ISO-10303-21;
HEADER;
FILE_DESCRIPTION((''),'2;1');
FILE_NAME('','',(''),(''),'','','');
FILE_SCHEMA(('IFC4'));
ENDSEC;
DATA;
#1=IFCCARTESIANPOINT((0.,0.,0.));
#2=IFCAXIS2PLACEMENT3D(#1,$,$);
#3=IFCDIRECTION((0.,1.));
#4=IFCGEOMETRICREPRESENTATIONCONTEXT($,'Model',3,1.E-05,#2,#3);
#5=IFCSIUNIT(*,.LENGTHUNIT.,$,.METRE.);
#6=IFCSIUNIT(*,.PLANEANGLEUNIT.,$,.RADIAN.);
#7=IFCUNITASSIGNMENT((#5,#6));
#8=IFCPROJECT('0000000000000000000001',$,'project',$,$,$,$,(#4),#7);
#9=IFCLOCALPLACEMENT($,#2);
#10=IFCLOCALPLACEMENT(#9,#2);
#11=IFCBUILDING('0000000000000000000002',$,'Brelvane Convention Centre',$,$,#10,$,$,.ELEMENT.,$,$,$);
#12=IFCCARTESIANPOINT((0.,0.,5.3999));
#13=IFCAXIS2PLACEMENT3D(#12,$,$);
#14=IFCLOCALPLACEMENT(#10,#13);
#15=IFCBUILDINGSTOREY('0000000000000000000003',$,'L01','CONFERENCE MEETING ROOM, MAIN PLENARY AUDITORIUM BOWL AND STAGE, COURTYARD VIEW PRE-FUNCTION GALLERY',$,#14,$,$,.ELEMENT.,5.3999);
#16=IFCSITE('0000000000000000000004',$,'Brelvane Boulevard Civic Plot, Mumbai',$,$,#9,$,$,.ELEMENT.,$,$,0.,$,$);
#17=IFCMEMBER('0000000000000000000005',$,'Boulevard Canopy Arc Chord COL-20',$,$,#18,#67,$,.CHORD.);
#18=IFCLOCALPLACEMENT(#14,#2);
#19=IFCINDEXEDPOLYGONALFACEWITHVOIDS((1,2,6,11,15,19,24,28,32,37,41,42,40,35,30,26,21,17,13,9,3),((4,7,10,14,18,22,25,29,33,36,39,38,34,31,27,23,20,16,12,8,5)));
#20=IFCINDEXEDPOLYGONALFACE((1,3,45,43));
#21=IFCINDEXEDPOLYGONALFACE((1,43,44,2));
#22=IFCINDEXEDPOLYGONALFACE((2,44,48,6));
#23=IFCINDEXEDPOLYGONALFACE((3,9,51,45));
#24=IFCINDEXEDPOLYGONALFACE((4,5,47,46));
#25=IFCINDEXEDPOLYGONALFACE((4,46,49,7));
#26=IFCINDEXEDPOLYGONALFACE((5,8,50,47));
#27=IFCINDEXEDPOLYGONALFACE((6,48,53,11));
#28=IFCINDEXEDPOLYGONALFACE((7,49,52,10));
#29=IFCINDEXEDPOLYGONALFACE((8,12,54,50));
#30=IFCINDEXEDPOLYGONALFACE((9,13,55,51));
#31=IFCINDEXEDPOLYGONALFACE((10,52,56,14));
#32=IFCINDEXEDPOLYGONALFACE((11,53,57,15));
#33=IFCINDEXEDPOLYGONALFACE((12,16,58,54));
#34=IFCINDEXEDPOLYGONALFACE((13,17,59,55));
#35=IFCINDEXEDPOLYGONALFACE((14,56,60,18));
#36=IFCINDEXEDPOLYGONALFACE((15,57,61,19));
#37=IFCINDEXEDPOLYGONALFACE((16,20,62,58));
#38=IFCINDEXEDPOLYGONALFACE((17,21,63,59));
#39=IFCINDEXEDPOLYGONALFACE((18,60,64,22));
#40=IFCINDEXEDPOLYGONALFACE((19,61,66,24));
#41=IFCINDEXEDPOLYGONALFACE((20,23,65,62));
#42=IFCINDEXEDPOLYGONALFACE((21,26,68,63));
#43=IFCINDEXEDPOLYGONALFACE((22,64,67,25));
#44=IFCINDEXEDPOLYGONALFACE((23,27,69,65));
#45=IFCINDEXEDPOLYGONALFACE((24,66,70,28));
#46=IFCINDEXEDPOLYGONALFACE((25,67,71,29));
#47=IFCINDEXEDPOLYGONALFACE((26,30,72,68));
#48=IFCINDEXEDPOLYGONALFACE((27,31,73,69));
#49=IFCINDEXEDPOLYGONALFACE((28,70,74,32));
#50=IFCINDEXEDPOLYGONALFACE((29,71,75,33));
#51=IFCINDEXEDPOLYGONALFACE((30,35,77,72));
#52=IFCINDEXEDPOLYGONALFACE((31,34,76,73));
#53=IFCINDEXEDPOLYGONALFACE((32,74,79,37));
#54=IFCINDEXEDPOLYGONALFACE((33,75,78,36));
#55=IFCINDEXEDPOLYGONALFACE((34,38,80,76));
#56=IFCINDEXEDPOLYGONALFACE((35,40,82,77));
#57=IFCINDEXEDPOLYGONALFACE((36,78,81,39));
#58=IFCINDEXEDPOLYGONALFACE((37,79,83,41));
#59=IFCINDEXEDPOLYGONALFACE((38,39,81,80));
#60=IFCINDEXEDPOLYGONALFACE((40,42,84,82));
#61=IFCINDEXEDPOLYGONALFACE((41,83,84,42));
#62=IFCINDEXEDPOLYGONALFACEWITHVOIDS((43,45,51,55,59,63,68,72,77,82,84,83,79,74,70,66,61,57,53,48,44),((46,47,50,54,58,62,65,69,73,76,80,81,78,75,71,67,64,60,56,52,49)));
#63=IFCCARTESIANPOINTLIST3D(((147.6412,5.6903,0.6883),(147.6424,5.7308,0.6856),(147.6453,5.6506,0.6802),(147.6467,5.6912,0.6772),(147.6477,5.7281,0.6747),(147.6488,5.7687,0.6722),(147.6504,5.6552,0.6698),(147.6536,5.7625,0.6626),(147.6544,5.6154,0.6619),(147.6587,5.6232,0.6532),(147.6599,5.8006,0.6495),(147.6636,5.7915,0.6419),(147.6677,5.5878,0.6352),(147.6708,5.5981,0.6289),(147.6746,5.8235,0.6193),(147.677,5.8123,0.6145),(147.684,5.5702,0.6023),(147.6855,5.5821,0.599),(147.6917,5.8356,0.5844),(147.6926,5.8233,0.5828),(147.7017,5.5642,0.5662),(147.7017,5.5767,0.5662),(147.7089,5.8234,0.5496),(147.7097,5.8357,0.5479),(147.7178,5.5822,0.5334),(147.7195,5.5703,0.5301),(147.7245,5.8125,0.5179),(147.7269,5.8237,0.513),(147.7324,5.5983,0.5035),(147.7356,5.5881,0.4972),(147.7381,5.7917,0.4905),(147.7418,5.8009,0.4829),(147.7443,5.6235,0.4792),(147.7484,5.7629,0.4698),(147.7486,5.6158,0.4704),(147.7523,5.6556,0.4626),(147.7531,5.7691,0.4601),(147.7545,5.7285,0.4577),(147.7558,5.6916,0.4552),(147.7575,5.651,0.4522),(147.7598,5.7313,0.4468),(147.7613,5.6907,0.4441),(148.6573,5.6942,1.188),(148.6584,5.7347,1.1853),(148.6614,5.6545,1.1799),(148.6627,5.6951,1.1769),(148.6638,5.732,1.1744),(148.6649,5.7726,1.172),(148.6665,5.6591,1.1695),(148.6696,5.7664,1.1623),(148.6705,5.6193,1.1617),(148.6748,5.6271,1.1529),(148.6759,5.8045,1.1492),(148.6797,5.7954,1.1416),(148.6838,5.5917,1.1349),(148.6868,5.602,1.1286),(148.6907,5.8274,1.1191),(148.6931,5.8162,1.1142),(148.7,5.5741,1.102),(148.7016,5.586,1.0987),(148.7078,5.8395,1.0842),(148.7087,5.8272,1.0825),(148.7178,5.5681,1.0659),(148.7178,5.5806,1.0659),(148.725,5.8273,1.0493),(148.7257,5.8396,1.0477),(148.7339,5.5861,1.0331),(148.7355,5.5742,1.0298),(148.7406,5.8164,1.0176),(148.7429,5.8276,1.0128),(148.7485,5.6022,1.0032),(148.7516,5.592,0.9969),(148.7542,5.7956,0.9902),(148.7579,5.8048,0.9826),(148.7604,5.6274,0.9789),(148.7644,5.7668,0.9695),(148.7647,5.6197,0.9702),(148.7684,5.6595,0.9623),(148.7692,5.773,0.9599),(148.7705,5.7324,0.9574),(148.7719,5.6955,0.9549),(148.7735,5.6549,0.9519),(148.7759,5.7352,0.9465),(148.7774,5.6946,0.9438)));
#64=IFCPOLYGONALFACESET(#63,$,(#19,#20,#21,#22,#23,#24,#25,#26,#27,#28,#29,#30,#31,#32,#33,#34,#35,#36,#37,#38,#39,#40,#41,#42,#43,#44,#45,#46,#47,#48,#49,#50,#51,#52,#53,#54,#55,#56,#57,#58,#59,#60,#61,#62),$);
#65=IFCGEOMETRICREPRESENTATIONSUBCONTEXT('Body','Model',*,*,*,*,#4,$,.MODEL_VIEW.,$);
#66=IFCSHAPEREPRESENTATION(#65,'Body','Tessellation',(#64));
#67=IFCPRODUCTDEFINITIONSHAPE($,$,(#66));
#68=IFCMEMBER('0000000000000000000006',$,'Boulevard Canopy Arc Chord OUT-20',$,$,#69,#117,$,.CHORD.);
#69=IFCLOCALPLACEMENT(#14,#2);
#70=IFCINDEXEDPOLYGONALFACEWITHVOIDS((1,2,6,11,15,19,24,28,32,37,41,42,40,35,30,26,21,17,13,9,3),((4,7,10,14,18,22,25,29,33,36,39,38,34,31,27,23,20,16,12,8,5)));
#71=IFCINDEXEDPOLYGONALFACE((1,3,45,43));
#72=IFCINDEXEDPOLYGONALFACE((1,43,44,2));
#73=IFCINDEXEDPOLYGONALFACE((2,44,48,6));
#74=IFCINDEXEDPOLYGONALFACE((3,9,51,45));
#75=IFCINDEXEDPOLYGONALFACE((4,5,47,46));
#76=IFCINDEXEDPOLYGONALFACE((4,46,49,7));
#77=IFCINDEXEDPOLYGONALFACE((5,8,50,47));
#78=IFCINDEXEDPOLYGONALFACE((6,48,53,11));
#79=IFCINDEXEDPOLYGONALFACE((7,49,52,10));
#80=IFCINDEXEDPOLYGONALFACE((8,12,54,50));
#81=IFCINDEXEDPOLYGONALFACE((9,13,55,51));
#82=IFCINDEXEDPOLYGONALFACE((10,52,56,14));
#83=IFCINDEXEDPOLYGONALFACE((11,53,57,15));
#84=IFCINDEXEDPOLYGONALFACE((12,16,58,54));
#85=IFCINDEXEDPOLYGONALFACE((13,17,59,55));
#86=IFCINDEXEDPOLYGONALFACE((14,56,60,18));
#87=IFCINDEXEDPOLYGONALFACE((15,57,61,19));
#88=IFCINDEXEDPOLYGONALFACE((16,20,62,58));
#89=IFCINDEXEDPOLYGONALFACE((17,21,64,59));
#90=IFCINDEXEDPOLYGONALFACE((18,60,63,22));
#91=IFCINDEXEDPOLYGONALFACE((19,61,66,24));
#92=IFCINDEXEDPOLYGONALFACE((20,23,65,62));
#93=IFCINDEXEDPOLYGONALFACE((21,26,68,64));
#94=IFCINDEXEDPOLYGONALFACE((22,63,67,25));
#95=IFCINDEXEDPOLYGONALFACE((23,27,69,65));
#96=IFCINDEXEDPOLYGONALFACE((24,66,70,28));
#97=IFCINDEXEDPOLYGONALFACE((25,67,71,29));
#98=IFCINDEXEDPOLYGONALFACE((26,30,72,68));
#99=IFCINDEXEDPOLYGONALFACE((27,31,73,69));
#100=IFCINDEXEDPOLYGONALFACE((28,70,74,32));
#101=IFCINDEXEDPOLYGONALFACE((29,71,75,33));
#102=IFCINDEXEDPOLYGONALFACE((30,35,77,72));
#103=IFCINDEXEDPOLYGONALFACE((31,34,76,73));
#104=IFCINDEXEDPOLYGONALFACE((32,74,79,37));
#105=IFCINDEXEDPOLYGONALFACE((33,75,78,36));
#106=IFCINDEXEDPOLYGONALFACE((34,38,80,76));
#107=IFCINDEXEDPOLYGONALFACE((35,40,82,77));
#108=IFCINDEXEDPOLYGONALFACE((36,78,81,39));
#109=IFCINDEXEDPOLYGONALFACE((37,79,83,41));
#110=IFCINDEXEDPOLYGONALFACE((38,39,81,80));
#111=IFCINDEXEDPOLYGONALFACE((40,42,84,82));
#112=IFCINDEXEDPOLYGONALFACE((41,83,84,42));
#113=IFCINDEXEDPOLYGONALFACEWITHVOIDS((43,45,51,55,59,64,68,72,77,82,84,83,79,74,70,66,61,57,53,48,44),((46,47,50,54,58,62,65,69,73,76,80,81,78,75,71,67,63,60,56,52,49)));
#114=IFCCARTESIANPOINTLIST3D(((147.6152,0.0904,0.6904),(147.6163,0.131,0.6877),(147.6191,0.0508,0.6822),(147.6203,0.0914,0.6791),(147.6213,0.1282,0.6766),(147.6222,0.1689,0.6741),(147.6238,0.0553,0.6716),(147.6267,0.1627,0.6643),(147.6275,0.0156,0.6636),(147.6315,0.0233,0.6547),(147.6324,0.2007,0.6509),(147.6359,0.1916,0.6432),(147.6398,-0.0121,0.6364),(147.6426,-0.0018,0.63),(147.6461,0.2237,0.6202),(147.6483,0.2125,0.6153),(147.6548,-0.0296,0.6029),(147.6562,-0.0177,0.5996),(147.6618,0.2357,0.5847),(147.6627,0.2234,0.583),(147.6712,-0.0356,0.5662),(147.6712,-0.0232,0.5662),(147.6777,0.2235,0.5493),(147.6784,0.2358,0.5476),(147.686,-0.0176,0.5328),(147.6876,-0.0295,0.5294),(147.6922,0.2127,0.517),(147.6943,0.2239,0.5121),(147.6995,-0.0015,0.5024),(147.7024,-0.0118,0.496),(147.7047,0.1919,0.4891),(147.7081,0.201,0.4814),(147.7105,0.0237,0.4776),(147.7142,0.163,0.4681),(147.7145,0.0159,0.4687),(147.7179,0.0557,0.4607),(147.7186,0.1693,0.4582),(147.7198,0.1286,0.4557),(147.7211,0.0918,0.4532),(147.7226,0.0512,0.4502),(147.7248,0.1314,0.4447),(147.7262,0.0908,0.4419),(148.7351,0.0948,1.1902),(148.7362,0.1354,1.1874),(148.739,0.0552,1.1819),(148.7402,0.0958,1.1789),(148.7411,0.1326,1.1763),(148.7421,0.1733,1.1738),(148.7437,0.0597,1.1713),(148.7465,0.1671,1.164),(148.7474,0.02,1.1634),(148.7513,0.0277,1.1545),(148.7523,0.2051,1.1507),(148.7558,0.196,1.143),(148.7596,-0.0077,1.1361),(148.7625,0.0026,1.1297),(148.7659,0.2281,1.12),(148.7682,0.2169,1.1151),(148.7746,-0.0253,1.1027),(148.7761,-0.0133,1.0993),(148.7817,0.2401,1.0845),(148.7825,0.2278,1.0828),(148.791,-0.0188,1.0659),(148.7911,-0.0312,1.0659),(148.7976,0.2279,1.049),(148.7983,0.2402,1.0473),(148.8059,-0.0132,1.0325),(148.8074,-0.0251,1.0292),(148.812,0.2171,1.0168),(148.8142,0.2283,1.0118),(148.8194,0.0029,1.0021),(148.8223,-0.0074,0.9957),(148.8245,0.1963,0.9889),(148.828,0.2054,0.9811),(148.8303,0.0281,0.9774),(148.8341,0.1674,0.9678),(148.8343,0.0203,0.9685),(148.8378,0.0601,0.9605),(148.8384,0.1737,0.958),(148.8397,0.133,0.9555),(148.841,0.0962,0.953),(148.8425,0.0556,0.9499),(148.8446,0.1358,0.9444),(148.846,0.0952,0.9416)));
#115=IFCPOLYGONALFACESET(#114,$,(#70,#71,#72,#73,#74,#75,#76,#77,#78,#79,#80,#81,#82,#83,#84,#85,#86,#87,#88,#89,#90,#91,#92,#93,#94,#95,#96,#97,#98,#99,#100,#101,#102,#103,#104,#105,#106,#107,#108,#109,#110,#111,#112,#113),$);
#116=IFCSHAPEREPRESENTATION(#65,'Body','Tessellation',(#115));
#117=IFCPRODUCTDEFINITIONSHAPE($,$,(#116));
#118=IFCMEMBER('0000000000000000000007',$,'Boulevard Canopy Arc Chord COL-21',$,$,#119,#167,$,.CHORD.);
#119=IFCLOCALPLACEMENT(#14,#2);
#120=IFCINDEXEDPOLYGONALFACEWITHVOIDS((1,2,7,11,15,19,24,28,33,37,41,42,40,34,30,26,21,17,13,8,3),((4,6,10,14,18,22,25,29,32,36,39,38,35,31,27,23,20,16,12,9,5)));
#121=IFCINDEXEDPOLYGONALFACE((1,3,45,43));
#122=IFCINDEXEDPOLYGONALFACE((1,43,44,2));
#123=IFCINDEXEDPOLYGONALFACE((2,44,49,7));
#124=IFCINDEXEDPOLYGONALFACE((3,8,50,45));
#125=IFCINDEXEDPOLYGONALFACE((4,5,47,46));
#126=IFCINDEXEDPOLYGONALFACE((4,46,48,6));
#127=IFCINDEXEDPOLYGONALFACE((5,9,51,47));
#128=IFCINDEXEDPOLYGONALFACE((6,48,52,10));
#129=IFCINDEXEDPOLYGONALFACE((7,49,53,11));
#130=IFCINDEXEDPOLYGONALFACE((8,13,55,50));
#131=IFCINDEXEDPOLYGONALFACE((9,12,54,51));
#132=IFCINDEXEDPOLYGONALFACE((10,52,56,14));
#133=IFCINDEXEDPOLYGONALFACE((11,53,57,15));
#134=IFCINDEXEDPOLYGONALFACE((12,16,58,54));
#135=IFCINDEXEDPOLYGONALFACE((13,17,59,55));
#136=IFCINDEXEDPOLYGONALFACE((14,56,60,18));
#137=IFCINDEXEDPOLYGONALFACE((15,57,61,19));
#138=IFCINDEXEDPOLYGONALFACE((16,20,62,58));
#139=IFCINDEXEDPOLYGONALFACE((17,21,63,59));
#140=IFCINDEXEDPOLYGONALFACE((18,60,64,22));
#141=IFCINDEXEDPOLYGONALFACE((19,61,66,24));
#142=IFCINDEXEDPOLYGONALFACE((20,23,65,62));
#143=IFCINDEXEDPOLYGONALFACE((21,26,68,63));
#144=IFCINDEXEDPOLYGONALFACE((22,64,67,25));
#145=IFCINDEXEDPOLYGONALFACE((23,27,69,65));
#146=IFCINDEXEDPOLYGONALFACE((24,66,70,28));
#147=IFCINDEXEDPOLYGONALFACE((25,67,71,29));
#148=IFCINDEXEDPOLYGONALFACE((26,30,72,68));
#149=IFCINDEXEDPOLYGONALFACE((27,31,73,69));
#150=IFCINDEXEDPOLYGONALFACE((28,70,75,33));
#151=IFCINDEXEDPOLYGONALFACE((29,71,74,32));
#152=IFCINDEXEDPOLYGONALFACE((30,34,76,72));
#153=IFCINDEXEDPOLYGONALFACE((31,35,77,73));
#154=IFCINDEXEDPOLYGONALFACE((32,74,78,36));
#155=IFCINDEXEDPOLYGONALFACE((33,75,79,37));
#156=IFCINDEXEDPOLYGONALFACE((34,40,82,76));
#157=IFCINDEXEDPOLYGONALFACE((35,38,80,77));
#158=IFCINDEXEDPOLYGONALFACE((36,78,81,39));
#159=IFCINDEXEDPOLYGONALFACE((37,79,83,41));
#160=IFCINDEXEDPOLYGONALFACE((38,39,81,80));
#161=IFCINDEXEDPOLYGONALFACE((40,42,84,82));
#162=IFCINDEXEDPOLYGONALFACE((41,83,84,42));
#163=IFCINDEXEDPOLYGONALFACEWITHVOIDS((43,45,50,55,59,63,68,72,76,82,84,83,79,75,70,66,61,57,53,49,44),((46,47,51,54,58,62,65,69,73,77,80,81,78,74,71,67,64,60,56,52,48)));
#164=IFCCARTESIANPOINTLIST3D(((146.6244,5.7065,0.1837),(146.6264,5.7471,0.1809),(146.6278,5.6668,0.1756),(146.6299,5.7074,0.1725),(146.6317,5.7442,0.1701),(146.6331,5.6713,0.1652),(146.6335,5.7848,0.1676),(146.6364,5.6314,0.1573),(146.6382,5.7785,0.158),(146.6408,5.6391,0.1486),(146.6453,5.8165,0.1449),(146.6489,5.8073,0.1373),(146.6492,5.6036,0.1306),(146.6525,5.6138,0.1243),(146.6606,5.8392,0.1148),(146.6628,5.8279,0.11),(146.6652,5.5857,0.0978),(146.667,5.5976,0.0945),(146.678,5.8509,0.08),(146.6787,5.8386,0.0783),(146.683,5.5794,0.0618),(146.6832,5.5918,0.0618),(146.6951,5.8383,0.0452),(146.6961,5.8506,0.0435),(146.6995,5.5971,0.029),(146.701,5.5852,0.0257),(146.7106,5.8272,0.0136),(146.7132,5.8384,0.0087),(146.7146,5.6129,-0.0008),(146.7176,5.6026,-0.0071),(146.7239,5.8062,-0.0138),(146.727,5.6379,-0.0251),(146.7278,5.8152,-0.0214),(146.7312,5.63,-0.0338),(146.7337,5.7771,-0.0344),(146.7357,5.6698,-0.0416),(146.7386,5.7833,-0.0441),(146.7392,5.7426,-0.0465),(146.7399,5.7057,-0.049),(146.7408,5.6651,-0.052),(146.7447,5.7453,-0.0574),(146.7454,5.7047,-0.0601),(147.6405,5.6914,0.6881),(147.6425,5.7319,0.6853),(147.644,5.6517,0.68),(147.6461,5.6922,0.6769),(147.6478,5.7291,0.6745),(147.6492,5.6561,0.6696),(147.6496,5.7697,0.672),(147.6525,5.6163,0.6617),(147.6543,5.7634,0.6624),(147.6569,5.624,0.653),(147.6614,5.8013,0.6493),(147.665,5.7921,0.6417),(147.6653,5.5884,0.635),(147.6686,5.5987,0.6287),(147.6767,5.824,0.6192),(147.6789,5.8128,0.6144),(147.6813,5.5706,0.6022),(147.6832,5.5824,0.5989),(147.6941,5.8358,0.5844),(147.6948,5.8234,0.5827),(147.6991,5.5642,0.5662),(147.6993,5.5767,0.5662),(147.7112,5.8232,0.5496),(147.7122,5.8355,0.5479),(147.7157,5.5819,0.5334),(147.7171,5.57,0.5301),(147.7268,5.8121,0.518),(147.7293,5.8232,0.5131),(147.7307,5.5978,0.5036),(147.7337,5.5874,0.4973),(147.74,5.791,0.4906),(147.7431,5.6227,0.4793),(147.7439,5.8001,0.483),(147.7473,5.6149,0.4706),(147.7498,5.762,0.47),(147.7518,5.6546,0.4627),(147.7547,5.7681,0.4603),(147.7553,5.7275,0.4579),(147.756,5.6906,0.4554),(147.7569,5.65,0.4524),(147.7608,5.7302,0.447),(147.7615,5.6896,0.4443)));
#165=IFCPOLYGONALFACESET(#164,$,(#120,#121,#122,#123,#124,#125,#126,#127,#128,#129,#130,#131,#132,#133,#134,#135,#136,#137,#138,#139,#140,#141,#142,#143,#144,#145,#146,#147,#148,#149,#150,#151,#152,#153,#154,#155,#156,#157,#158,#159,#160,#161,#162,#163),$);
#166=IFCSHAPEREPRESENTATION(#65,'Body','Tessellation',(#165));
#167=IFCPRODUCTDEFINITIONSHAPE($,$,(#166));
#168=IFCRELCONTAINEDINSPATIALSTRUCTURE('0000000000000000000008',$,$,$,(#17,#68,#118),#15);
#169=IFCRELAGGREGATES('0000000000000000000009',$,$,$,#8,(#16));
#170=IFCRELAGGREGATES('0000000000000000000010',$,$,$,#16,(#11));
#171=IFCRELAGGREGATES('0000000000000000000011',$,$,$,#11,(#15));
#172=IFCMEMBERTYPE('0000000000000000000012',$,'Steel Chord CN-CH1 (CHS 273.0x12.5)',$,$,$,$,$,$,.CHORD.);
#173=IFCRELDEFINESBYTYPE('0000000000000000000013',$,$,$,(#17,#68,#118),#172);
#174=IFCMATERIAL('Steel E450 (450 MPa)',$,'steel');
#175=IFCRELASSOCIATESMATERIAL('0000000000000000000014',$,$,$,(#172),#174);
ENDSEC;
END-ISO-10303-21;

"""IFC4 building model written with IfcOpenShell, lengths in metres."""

from ifc_helpers import new_model, si_unit, direction, frame, origin, origin_2d, place, context, subcontext, project, spatial, hollow_circle, extrude, material, material_profile, profile_set, type_object, element, save


model = new_model("IFC4")

# Units and contexts
model_context = context("Model", 3, precision=1e-05, world=origin(), true_north=direction((0.0, 1.0)))
body_context = subcontext(model_context, "Body", "Model", "MODEL_VIEW")
ifc_project = project(units=[si_unit("LENGTHUNIT", "METRE"), si_unit("PLANEANGLEUNIT", "RADIAN")], contexts=[model_context])

# Site, building, storey
site_placement = place(None, origin())
site = spatial("IfcSite", under=ifc_project, at=site_placement, Name="Brelvane Boulevard Civic Plot, Mumbai", CompositionType="ELEMENT", RefElevation=0.0)
building_placement = place(site_placement, origin())
building = spatial("IfcBuilding", under=site, at=building_placement, Name="Brelvane Convention Centre", CompositionType="ELEMENT")
storey_placement = place(building_placement, frame((0.0, 0.0, 5.3999)))
storey = spatial("IfcBuildingStorey", under=building, at=storey_placement, Name="L01", Description="CONFERENCE MEETING ROOM, MAIN PLENARY AUDITORIUM BOWL AND STAGE, COURTYARD VIEW PRE-FUNCTION GALLERY", CompositionType="ELEMENT", Elevation=5.3999)

# Members
ifc_material_1 = material(Name="Steel E450 (450 MPa)", Category="steel")
ifc_material_profile_1 = material_profile(ifc_material_1, hollow_circle(Radius=0.1365, WallThickness=0.0125, at=origin_2d()), Name="CHS 273.0x12.5")
ifc_profile_set_1 = profile_set([ifc_material_profile_1], Name="Steel E450 (450 MPa)")
member_type_1 = type_object("IfcMemberType", Name="Steel Chord CN-CH1 (CHS 273.0x12.5)", PredefinedType="CHORD", material=ifc_profile_set_1)
member_1_placement = place(storey_placement, frame((148.7173, 5.7046, 1.0659), z_axis=(-0.897335, -0.00345, -0.441337), x_axis=(0.003844, -0.999993, 0.0)))
element("IfcMember", 1, at=member_1_placement, inside=storey, type_object=member_type_1, Name="Boulevard Canopy Arc Chord COL-20", PredefinedType="CHORD", context=body_context, shape_type="SweptSolid", body=[
    extrude(hollow_circle(Radius=0.1365, WallThickness=0.0125, at=origin_2d()), origin(), (0.0, 0.0, 1.0), 1.1323),
])
member_2_placement = place(storey_placement, frame((148.7905, 0.1052, 1.0659), z_axis=(-0.913189, -0.003583, -0.407521), x_axis=(0.003924, -0.999992, 0.0)))
element("IfcMember", 2, at=member_2_placement, inside=storey, type_object=member_type_1, Name="Boulevard Canopy Arc Chord OUT-20", PredefinedType="CHORD", context=body_context, shape_type="SweptSolid", body=[
    extrude(hollow_circle(Radius=0.1365, WallThickness=0.0125, at=origin_2d()), origin(), (0.0, 0.0, 1.0), 1.2263),
])
member_3_placement = place(storey_placement, frame((147.7012, 5.7007, 0.5662), z_axis=(-0.895635, 0.013342, -0.44459), x_axis=(-0.014895, -0.999889, 0.0)))
element("IfcMember", 3, at=member_3_placement, inside=storey, type_object=member_type_1, Name="Boulevard Canopy Arc Chord COL-21", PredefinedType="CHORD", context=body_context, shape_type="SweptSolid", body=[
    extrude(hollow_circle(Radius=0.1365, WallThickness=0.0125, at=origin_2d()), origin(), (0.0, 0.0, 1.0), 1.1345),
])

save(model, "model.ifc")
